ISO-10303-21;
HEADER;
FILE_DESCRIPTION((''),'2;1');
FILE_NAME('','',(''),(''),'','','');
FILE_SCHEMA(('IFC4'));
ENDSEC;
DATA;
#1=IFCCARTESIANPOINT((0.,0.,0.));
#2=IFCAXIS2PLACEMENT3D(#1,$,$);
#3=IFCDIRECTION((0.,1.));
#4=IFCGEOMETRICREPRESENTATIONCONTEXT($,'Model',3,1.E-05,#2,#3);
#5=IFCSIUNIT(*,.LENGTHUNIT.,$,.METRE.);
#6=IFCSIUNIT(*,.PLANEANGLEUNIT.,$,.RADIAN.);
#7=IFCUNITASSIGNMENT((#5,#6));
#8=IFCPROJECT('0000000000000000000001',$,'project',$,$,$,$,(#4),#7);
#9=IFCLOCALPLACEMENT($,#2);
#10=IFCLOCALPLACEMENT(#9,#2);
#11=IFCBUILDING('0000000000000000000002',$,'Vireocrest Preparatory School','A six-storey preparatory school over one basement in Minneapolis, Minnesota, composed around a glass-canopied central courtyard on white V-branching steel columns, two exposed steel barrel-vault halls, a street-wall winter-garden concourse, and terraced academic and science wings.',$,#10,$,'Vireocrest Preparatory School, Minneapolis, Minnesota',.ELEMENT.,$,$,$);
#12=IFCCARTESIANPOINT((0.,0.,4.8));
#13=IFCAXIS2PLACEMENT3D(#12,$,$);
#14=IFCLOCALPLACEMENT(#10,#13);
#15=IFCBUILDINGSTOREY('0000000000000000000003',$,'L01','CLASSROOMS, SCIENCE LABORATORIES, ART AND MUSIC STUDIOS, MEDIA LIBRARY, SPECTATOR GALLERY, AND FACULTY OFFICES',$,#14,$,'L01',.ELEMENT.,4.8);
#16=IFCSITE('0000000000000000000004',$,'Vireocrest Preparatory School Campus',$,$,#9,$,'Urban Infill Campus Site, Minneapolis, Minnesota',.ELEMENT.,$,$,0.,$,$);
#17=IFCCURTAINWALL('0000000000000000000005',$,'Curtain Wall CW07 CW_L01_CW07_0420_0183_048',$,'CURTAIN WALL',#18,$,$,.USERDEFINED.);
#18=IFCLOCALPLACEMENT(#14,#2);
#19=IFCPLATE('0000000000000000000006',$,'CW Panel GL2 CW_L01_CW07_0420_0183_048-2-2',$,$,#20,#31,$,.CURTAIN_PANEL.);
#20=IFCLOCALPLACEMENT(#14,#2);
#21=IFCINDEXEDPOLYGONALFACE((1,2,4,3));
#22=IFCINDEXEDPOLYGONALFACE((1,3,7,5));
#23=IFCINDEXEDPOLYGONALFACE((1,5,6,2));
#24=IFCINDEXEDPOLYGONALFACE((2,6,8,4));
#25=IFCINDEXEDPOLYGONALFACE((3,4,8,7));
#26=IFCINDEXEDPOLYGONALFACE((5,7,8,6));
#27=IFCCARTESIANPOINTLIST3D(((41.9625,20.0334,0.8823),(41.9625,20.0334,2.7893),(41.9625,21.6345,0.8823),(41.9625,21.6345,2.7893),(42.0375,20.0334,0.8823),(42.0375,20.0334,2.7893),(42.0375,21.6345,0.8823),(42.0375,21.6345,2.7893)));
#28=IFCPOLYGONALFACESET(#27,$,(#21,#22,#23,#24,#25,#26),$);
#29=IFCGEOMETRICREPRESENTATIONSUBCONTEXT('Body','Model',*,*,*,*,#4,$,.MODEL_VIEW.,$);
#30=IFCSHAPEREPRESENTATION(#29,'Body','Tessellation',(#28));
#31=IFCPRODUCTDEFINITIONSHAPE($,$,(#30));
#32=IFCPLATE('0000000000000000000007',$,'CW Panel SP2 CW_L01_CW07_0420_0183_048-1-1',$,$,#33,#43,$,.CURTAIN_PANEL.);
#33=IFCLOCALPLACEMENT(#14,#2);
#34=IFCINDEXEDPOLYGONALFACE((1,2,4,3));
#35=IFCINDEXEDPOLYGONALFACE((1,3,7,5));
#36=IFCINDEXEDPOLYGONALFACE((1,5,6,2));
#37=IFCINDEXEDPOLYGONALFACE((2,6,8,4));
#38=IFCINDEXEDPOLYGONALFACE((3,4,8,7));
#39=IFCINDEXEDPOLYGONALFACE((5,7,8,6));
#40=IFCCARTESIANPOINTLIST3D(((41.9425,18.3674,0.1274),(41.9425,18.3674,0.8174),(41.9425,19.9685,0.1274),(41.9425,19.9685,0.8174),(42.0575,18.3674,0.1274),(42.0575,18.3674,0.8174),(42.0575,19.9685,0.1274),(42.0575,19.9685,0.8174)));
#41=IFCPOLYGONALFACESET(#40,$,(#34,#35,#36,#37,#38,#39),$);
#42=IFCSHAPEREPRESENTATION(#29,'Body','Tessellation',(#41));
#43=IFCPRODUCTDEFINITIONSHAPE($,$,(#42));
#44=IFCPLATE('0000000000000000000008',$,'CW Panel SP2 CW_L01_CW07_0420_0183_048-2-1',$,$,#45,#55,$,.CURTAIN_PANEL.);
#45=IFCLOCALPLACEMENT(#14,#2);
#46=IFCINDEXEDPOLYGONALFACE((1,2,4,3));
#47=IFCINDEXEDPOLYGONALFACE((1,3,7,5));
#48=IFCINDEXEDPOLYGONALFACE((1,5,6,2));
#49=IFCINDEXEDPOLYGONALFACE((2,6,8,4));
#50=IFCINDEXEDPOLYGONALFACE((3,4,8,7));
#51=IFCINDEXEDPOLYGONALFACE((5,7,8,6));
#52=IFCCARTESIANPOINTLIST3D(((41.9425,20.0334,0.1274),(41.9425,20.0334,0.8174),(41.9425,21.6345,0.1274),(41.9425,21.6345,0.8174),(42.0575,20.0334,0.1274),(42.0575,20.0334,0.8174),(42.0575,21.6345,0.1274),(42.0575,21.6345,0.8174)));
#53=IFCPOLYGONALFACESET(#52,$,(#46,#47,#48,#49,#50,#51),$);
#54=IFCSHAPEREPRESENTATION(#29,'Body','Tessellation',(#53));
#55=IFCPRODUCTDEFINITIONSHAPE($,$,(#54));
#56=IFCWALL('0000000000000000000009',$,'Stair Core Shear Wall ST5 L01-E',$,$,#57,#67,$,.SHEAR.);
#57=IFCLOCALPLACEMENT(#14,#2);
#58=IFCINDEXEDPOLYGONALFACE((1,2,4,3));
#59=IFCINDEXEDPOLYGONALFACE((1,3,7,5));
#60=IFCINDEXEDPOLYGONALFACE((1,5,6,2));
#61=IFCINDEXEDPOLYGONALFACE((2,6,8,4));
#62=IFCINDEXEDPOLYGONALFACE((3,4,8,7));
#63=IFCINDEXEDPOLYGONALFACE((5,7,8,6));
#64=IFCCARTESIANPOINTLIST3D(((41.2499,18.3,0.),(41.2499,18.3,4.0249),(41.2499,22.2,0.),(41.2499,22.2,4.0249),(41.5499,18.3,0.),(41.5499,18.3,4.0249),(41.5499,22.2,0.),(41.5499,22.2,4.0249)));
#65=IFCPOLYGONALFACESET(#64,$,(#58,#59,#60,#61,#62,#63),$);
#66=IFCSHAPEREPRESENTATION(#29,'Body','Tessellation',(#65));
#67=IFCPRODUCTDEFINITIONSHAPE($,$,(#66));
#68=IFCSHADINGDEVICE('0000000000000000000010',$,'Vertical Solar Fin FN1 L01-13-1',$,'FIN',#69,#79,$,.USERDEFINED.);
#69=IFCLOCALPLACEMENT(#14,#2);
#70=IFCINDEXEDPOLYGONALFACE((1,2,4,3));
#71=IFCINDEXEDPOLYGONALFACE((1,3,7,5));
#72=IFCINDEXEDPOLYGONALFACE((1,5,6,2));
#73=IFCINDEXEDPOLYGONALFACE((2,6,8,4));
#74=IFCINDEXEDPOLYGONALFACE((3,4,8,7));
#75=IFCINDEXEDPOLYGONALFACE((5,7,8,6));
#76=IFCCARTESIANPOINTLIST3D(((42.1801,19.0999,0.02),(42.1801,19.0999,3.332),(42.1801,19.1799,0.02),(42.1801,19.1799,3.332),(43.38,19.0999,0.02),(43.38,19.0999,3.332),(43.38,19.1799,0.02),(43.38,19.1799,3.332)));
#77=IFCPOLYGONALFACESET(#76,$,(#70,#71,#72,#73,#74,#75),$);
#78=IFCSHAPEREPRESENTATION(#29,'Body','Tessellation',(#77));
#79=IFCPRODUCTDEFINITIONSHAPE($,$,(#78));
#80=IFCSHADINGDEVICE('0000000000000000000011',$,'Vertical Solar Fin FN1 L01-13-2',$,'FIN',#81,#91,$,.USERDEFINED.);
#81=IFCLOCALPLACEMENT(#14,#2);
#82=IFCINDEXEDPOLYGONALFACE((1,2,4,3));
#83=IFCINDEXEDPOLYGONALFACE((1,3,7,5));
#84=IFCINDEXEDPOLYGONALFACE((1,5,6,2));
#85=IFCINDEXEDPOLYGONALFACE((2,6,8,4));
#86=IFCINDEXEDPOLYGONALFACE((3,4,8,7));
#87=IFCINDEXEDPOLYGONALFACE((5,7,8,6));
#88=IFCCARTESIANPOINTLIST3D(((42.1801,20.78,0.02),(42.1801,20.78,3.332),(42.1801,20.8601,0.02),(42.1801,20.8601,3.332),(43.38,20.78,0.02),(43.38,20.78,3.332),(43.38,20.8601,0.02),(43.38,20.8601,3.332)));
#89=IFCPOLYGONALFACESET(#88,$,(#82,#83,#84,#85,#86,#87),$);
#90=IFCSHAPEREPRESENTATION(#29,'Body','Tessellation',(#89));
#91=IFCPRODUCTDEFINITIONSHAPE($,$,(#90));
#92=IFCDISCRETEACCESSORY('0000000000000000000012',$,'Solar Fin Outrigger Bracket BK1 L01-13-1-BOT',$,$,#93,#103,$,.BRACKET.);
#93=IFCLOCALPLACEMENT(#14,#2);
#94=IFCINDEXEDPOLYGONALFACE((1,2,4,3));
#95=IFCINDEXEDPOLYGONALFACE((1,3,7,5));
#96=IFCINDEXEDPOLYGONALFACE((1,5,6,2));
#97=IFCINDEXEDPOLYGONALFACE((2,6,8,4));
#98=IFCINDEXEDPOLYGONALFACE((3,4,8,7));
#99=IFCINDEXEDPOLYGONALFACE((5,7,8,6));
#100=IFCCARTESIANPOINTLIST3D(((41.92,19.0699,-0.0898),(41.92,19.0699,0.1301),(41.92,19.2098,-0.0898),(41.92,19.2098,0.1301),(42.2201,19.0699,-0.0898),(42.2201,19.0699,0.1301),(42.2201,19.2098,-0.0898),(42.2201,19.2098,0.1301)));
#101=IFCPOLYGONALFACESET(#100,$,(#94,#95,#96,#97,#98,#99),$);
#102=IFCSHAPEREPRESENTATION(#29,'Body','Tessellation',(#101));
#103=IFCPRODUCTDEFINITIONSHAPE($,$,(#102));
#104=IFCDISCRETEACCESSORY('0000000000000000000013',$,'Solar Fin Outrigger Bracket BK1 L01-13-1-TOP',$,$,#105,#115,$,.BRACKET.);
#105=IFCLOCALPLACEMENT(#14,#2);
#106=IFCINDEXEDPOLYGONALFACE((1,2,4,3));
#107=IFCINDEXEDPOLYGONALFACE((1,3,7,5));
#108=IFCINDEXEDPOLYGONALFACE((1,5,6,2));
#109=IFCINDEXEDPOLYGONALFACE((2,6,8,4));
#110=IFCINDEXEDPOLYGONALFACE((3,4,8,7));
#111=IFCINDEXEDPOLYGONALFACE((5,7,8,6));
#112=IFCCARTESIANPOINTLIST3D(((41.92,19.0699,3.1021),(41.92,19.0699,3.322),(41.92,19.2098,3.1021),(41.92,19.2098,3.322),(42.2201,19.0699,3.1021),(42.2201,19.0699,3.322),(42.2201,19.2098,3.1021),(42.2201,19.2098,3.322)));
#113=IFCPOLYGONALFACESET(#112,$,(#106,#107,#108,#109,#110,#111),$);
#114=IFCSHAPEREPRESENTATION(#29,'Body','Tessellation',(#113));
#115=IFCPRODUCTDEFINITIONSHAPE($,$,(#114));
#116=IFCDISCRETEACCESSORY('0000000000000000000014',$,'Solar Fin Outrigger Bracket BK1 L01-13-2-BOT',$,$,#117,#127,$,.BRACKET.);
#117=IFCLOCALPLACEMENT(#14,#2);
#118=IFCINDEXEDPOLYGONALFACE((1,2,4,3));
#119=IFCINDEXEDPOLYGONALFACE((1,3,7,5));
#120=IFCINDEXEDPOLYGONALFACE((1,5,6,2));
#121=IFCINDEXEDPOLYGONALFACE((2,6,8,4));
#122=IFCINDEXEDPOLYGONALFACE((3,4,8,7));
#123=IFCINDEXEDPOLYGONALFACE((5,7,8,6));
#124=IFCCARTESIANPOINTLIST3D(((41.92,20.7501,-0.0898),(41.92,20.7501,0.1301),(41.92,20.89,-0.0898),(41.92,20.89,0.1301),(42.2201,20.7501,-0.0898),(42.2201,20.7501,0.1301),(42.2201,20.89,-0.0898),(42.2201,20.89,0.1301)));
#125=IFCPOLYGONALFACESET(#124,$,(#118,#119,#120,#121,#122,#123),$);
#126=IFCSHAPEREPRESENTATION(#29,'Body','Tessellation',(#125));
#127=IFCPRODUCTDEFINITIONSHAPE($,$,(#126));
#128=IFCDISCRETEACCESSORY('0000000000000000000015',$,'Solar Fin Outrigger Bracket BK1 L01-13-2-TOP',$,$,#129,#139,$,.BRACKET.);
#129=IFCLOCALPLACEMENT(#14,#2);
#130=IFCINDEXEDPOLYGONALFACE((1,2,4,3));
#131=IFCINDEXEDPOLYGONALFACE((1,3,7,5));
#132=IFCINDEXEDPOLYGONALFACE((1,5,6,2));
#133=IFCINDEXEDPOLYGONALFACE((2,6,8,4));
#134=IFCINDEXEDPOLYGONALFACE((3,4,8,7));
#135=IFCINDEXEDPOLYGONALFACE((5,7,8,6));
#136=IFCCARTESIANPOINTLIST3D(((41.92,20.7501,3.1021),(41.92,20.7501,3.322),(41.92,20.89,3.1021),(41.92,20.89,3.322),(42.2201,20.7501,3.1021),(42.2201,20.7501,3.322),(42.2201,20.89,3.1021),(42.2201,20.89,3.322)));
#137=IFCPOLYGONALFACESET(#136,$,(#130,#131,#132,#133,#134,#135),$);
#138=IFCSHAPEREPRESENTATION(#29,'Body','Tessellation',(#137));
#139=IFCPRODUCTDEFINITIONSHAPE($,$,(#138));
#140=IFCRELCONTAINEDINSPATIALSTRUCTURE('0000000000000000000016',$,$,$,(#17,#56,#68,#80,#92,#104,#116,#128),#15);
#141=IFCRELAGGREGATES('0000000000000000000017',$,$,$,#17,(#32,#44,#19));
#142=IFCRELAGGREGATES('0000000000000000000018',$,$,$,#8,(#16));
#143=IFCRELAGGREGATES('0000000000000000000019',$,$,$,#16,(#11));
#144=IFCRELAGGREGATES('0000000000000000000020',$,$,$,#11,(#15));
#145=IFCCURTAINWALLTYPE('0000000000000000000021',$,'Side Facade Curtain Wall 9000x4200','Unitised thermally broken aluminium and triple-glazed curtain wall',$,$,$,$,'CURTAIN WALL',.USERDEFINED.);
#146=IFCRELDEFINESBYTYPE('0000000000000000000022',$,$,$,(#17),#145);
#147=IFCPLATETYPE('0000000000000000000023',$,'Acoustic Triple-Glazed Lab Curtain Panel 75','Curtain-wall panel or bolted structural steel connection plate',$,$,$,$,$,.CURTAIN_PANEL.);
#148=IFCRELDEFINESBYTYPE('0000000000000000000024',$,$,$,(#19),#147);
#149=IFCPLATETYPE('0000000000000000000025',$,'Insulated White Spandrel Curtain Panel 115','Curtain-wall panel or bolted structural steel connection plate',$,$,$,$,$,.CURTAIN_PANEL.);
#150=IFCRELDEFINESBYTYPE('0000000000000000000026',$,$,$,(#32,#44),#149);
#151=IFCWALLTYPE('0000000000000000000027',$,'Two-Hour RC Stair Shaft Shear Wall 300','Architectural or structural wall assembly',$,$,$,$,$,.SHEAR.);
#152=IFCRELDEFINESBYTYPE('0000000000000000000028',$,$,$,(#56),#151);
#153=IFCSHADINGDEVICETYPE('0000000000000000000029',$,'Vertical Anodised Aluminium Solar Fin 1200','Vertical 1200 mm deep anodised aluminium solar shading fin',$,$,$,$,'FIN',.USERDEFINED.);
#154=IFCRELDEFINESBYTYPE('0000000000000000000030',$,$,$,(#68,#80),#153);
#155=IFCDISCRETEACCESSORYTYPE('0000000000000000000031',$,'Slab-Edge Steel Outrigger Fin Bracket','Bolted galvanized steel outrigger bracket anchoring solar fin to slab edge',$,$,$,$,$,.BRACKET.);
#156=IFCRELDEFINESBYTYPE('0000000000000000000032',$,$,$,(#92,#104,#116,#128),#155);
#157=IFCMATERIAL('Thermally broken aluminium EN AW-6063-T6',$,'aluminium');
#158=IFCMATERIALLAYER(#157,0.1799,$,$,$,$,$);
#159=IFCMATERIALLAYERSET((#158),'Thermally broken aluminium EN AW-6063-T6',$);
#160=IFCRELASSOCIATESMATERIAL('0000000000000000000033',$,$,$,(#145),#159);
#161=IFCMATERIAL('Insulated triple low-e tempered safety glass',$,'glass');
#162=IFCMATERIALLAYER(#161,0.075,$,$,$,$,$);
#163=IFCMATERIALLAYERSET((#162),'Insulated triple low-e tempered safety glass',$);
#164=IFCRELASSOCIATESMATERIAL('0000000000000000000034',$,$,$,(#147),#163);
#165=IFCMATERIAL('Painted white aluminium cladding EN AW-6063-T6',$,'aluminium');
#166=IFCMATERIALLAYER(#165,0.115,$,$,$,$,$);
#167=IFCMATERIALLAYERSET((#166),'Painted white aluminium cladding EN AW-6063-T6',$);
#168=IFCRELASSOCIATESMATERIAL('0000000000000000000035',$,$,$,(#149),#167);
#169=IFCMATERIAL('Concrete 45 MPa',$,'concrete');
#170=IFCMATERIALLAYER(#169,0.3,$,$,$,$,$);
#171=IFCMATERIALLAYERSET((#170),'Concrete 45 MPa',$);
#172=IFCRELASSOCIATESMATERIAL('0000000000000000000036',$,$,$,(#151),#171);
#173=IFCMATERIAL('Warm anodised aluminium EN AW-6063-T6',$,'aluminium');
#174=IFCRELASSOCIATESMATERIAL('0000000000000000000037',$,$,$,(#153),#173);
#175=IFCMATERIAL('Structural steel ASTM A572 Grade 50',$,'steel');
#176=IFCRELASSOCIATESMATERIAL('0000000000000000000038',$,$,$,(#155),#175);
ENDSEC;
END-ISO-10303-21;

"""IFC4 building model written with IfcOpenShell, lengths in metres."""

from ifc_helpers import new_model, si_unit, direction, frame, frame_2d, origin, origin_2d, place, context, subcontext, project, spatial, rectangle, extrude, material, layer, layer_set, material_profile, profile_set, type_object, element, aggregate, save


model = new_model("IFC4")

# Units and contexts
model_context = context("Model", 3, precision=1e-05, world=origin(), true_north=direction((0.0, 1.0)))
body_context = subcontext(model_context, "Body", "Model", "MODEL_VIEW")
ifc_project = project(units=[si_unit("LENGTHUNIT", "METRE"), si_unit("PLANEANGLEUNIT", "RADIAN")], contexts=[model_context])

# Site, building, storey
site_placement = place(None, origin())
site = spatial("IfcSite", under=ifc_project, at=site_placement, Name="Vireocrest Preparatory School Campus", LongName="Urban Infill Campus Site, Minneapolis, Minnesota", CompositionType="ELEMENT", RefElevation=0.0)
building_placement = place(site_placement, origin())
building = spatial("IfcBuilding", under=site, at=building_placement, Name="Vireocrest Preparatory School", Description="A six-storey preparatory school over one basement in Minneapolis, Minnesota, composed around a glass-canopied central courtyard on white V-branching steel columns, two exposed steel barrel-vault halls, a street-wall winter-garden concourse, and terraced academic and science wings.", LongName="Vireocrest Preparatory School, Minneapolis, Minnesota", CompositionType="ELEMENT")
storey_placement = place(building_placement, frame((0.0, 0.0, 4.8)))
storey = spatial("IfcBuildingStorey", under=building, at=storey_placement, Name="L01", Description="CLASSROOMS, SCIENCE LABORATORIES, ART AND MUSIC STUDIOS, MEDIA LIBRARY, SPECTATOR GALLERY, AND FACULTY OFFICES", LongName="L01", CompositionType="ELEMENT", Elevation=4.8)

# Shared definitions
ifc_material_1 = material(Name="Concrete 45 MPa", Category="concrete")

# Curtain wall
ifc_material_2 = material(Name="Thermally broken aluminium EN AW-6063-T6", Category="aluminium")
ifc_layer_1 = layer(ifc_material_2, 0.1799)
ifc_layer_set_1 = layer_set([ifc_layer_1], Name="Thermally broken aluminium EN AW-6063-T6")
curtain_wall_type = type_object("IfcCurtainWallType", Name="Side Facade Curtain Wall 9000x4200", Description="Unitised thermally broken aluminium and triple-glazed curtain wall", ElementType="CURTAIN WALL", PredefinedType="USERDEFINED", material=ifc_layer_set_1)
curtain_wall_placement = place(storey_placement, origin())
curtain_wall = element("IfcCurtainWall", 1, at=curtain_wall_placement, inside=storey, type_object=curtain_wall_type, Name="Curtain Wall CW07 CW_L01_CW07_0420_0183_048", ObjectType="CURTAIN WALL", PredefinedType="USERDEFINED")

# Plates
ifc_material_3 = material(Name="Insulated triple low-e tempered safety glass", Category="glass")
ifc_layer_2 = layer(ifc_material_3, 0.075)
ifc_layer_set_2 = layer_set([ifc_layer_2], Name="Insulated triple low-e tempered safety glass")
plate_type_1 = type_object("IfcPlateType", Name="Acoustic Triple-Glazed Lab Curtain Panel 75", Description="Curtain-wall panel or bolted structural steel connection plate", PredefinedType="CURTAIN_PANEL", material=ifc_layer_set_2)
plate_1_placement = place(storey_placement, frame((42.0, 20.834, 0.8823), z_axis=(0.0, 0.0, 1.0), x_axis=(0.0, 1.0, 0.0)))
plate_1 = element("IfcPlate", 2, at=plate_1_placement, type_object=plate_type_1, Name="CW Panel GL2 CW_L01_CW07_0420_0183_048-2-2", PredefinedType="CURTAIN_PANEL", context=body_context, shape_type="SweptSolid", body=[
    extrude(rectangle(XDim=1.6011, YDim=0.075, at=origin_2d()), origin(), (0.0, 0.0, 1.0), 1.907),
])
ifc_material_4 = material(Name="Painted white aluminium cladding EN AW-6063-T6", Category="aluminium")
ifc_layer_3 = layer(ifc_material_4, 0.115)
ifc_layer_set_3 = layer_set([ifc_layer_3], Name="Painted white aluminium cladding EN AW-6063-T6")
plate_type_2 = type_object("IfcPlateType", Name="Insulated White Spandrel Curtain Panel 115", Description="Curtain-wall panel or bolted structural steel connection plate", PredefinedType="CURTAIN_PANEL", material=ifc_layer_set_3)
plate_2_placement = place(storey_placement, frame((42.0, 19.168, 0.1274), z_axis=(0.0, 0.0, 1.0), x_axis=(0.0, 1.0, 0.0)))
plate_2 = element("IfcPlate", 3, at=plate_2_placement, type_object=plate_type_2, Name="CW Panel SP2 CW_L01_CW07_0420_0183_048-1-1", PredefinedType="CURTAIN_PANEL", context=body_context, shape_type="SweptSolid", body=[
    extrude(rectangle(XDim=1.6011, YDim=0.115, at=origin_2d()), origin(), (0.0, 0.0, 1.0), 0.6899),
])
plate_3_placement = place(storey_placement, frame((42.0, 20.834, 0.1274), z_axis=(0.0, 0.0, 1.0), x_axis=(0.0, 1.0, 0.0)))
plate_3 = element("IfcPlate", 4, at=plate_3_placement, type_object=plate_type_2, Name="CW Panel SP2 CW_L01_CW07_0420_0183_048-2-1", PredefinedType="CURTAIN_PANEL", context=body_context, shape_type="SweptSolid", body=[
    extrude(rectangle(XDim=1.6011, YDim=0.115, at=origin_2d()), origin(), (0.0, 0.0, 1.0), 0.6899),
])
aggregate(curtain_wall, [plate_2, plate_3, plate_1])

# Wall
ifc_layer_4 = layer(ifc_material_1, 0.3)
ifc_layer_set_4 = layer_set([ifc_layer_4], Name="Concrete 45 MPa")
wall_type = type_object("IfcWallType", Name="Two-Hour RC Stair Shaft Shear Wall 300", Description="Architectural or structural wall assembly", PredefinedType="SHEAR", material=ifc_layer_set_4)
wall_placement = place(storey_placement, frame((41.3999, 18.3, 0.0), z_axis=(0.0, 0.0, 1.0), x_axis=(0.0, 1.0, 0.0)))
element("IfcWall", 5, at=wall_placement, inside=storey, type_object=wall_type, Name="Stair Core Shear Wall ST5 L01-E", PredefinedType="SHEAR", context=body_context, shape_type="SweptSolid", body=[
    extrude(rectangle(XDim=3.8999, YDim=0.3, at=frame_2d((1.95, 0.0))), origin(), (0.0, 0.0, 1.0), 4.0249),
])

# Shading devices
ifc_material_5 = material(Name="Warm anodised aluminium EN AW-6063-T6", Category="aluminium")
ifc_material_profile_1 = material_profile(ifc_material_5, rectangle(XDim=0.0801, YDim=1.2, at=origin_2d()), Name="FIN 80x1200")
ifc_profile_set_1 = profile_set([ifc_material_profile_1], Name="Warm anodised aluminium EN AW-6063-T6")
shading_device_type = type_object("IfcShadingDeviceType", Name="Vertical Anodised Aluminium Solar Fin 1200", Description="Vertical 1200 mm deep anodised aluminium solar shading fin", ElementType="FIN", PredefinedType="USERDEFINED", material=ifc_profile_set_1)
for number, where, z_axis, x_axis, name in (
    (6, (42.78, 19.1399, 0.02), (0.0, 0.0, 1.0), (0.0, -1.0, 0.0), "Vertical Solar Fin FN1 L01-13-1"),
    (7, (42.78, 20.8201, 0.02), (0.0, 0.0, 1.0), (0.0, -1.0, 0.0), "Vertical Solar Fin FN1 L01-13-2"),
):
    element("IfcShadingDevice", number, at=place(storey_placement, frame(where, z_axis=z_axis, x_axis=x_axis)), inside=storey, type_object=shading_device_type, Name=name, ObjectType="FIN", PredefinedType="USERDEFINED", context=body_context, shape_type="SweptSolid", body=[
        extrude(rectangle(XDim=0.0801, YDim=1.2, at=origin_2d()), origin(), (0.0, 0.0, 1.0), 3.312),
    ])

# Discrete accessories
ifc_material_6 = material(Name="Structural steel ASTM A572 Grade 50", Category="steel")
discrete_accessory_type = type_object("IfcDiscreteAccessoryType", Name="Slab-Edge Steel Outrigger Fin Bracket", Description="Bolted galvanized steel outrigger bracket anchoring solar fin to slab edge", PredefinedType="BRACKET", material=ifc_material_6)
for number, where, z_axis, x_axis, name in (
    (8, (42.0701, 19.1399, -0.0898), (0.0, 0.0, 1.0), (0.0, -1.0, 0.0), "Solar Fin Outrigger Bracket BK1 L01-13-1-BOT"),
    (9, (42.0701, 19.1399, 3.1021), (0.0, 0.0, 1.0), (0.0, -1.0, 0.0), "Solar Fin Outrigger Bracket BK1 L01-13-1-TOP"),
    (10, (42.0701, 20.8201, -0.0898), (0.0, 0.0, 1.0), (0.0, -1.0, 0.0), "Solar Fin Outrigger Bracket BK1 L01-13-2-BOT"),
    (11, (42.0701, 20.8201, 3.1021), (0.0, 0.0, 1.0), (0.0, -1.0, 0.0), "Solar Fin Outrigger Bracket BK1 L01-13-2-TOP"),
):
    element("IfcDiscreteAccessory", number, at=place(storey_placement, frame(where, z_axis=z_axis, x_axis=x_axis)), inside=storey, type_object=discrete_accessory_type, Name=name, PredefinedType="BRACKET", context=body_context, shape_type="SweptSolid", body=[
        extrude(rectangle(XDim=0.1399, YDim=0.3, at=origin_2d()), origin(), (0.0, 0.0, 1.0), 0.22),
    ])

save(model, "model.ifc")
